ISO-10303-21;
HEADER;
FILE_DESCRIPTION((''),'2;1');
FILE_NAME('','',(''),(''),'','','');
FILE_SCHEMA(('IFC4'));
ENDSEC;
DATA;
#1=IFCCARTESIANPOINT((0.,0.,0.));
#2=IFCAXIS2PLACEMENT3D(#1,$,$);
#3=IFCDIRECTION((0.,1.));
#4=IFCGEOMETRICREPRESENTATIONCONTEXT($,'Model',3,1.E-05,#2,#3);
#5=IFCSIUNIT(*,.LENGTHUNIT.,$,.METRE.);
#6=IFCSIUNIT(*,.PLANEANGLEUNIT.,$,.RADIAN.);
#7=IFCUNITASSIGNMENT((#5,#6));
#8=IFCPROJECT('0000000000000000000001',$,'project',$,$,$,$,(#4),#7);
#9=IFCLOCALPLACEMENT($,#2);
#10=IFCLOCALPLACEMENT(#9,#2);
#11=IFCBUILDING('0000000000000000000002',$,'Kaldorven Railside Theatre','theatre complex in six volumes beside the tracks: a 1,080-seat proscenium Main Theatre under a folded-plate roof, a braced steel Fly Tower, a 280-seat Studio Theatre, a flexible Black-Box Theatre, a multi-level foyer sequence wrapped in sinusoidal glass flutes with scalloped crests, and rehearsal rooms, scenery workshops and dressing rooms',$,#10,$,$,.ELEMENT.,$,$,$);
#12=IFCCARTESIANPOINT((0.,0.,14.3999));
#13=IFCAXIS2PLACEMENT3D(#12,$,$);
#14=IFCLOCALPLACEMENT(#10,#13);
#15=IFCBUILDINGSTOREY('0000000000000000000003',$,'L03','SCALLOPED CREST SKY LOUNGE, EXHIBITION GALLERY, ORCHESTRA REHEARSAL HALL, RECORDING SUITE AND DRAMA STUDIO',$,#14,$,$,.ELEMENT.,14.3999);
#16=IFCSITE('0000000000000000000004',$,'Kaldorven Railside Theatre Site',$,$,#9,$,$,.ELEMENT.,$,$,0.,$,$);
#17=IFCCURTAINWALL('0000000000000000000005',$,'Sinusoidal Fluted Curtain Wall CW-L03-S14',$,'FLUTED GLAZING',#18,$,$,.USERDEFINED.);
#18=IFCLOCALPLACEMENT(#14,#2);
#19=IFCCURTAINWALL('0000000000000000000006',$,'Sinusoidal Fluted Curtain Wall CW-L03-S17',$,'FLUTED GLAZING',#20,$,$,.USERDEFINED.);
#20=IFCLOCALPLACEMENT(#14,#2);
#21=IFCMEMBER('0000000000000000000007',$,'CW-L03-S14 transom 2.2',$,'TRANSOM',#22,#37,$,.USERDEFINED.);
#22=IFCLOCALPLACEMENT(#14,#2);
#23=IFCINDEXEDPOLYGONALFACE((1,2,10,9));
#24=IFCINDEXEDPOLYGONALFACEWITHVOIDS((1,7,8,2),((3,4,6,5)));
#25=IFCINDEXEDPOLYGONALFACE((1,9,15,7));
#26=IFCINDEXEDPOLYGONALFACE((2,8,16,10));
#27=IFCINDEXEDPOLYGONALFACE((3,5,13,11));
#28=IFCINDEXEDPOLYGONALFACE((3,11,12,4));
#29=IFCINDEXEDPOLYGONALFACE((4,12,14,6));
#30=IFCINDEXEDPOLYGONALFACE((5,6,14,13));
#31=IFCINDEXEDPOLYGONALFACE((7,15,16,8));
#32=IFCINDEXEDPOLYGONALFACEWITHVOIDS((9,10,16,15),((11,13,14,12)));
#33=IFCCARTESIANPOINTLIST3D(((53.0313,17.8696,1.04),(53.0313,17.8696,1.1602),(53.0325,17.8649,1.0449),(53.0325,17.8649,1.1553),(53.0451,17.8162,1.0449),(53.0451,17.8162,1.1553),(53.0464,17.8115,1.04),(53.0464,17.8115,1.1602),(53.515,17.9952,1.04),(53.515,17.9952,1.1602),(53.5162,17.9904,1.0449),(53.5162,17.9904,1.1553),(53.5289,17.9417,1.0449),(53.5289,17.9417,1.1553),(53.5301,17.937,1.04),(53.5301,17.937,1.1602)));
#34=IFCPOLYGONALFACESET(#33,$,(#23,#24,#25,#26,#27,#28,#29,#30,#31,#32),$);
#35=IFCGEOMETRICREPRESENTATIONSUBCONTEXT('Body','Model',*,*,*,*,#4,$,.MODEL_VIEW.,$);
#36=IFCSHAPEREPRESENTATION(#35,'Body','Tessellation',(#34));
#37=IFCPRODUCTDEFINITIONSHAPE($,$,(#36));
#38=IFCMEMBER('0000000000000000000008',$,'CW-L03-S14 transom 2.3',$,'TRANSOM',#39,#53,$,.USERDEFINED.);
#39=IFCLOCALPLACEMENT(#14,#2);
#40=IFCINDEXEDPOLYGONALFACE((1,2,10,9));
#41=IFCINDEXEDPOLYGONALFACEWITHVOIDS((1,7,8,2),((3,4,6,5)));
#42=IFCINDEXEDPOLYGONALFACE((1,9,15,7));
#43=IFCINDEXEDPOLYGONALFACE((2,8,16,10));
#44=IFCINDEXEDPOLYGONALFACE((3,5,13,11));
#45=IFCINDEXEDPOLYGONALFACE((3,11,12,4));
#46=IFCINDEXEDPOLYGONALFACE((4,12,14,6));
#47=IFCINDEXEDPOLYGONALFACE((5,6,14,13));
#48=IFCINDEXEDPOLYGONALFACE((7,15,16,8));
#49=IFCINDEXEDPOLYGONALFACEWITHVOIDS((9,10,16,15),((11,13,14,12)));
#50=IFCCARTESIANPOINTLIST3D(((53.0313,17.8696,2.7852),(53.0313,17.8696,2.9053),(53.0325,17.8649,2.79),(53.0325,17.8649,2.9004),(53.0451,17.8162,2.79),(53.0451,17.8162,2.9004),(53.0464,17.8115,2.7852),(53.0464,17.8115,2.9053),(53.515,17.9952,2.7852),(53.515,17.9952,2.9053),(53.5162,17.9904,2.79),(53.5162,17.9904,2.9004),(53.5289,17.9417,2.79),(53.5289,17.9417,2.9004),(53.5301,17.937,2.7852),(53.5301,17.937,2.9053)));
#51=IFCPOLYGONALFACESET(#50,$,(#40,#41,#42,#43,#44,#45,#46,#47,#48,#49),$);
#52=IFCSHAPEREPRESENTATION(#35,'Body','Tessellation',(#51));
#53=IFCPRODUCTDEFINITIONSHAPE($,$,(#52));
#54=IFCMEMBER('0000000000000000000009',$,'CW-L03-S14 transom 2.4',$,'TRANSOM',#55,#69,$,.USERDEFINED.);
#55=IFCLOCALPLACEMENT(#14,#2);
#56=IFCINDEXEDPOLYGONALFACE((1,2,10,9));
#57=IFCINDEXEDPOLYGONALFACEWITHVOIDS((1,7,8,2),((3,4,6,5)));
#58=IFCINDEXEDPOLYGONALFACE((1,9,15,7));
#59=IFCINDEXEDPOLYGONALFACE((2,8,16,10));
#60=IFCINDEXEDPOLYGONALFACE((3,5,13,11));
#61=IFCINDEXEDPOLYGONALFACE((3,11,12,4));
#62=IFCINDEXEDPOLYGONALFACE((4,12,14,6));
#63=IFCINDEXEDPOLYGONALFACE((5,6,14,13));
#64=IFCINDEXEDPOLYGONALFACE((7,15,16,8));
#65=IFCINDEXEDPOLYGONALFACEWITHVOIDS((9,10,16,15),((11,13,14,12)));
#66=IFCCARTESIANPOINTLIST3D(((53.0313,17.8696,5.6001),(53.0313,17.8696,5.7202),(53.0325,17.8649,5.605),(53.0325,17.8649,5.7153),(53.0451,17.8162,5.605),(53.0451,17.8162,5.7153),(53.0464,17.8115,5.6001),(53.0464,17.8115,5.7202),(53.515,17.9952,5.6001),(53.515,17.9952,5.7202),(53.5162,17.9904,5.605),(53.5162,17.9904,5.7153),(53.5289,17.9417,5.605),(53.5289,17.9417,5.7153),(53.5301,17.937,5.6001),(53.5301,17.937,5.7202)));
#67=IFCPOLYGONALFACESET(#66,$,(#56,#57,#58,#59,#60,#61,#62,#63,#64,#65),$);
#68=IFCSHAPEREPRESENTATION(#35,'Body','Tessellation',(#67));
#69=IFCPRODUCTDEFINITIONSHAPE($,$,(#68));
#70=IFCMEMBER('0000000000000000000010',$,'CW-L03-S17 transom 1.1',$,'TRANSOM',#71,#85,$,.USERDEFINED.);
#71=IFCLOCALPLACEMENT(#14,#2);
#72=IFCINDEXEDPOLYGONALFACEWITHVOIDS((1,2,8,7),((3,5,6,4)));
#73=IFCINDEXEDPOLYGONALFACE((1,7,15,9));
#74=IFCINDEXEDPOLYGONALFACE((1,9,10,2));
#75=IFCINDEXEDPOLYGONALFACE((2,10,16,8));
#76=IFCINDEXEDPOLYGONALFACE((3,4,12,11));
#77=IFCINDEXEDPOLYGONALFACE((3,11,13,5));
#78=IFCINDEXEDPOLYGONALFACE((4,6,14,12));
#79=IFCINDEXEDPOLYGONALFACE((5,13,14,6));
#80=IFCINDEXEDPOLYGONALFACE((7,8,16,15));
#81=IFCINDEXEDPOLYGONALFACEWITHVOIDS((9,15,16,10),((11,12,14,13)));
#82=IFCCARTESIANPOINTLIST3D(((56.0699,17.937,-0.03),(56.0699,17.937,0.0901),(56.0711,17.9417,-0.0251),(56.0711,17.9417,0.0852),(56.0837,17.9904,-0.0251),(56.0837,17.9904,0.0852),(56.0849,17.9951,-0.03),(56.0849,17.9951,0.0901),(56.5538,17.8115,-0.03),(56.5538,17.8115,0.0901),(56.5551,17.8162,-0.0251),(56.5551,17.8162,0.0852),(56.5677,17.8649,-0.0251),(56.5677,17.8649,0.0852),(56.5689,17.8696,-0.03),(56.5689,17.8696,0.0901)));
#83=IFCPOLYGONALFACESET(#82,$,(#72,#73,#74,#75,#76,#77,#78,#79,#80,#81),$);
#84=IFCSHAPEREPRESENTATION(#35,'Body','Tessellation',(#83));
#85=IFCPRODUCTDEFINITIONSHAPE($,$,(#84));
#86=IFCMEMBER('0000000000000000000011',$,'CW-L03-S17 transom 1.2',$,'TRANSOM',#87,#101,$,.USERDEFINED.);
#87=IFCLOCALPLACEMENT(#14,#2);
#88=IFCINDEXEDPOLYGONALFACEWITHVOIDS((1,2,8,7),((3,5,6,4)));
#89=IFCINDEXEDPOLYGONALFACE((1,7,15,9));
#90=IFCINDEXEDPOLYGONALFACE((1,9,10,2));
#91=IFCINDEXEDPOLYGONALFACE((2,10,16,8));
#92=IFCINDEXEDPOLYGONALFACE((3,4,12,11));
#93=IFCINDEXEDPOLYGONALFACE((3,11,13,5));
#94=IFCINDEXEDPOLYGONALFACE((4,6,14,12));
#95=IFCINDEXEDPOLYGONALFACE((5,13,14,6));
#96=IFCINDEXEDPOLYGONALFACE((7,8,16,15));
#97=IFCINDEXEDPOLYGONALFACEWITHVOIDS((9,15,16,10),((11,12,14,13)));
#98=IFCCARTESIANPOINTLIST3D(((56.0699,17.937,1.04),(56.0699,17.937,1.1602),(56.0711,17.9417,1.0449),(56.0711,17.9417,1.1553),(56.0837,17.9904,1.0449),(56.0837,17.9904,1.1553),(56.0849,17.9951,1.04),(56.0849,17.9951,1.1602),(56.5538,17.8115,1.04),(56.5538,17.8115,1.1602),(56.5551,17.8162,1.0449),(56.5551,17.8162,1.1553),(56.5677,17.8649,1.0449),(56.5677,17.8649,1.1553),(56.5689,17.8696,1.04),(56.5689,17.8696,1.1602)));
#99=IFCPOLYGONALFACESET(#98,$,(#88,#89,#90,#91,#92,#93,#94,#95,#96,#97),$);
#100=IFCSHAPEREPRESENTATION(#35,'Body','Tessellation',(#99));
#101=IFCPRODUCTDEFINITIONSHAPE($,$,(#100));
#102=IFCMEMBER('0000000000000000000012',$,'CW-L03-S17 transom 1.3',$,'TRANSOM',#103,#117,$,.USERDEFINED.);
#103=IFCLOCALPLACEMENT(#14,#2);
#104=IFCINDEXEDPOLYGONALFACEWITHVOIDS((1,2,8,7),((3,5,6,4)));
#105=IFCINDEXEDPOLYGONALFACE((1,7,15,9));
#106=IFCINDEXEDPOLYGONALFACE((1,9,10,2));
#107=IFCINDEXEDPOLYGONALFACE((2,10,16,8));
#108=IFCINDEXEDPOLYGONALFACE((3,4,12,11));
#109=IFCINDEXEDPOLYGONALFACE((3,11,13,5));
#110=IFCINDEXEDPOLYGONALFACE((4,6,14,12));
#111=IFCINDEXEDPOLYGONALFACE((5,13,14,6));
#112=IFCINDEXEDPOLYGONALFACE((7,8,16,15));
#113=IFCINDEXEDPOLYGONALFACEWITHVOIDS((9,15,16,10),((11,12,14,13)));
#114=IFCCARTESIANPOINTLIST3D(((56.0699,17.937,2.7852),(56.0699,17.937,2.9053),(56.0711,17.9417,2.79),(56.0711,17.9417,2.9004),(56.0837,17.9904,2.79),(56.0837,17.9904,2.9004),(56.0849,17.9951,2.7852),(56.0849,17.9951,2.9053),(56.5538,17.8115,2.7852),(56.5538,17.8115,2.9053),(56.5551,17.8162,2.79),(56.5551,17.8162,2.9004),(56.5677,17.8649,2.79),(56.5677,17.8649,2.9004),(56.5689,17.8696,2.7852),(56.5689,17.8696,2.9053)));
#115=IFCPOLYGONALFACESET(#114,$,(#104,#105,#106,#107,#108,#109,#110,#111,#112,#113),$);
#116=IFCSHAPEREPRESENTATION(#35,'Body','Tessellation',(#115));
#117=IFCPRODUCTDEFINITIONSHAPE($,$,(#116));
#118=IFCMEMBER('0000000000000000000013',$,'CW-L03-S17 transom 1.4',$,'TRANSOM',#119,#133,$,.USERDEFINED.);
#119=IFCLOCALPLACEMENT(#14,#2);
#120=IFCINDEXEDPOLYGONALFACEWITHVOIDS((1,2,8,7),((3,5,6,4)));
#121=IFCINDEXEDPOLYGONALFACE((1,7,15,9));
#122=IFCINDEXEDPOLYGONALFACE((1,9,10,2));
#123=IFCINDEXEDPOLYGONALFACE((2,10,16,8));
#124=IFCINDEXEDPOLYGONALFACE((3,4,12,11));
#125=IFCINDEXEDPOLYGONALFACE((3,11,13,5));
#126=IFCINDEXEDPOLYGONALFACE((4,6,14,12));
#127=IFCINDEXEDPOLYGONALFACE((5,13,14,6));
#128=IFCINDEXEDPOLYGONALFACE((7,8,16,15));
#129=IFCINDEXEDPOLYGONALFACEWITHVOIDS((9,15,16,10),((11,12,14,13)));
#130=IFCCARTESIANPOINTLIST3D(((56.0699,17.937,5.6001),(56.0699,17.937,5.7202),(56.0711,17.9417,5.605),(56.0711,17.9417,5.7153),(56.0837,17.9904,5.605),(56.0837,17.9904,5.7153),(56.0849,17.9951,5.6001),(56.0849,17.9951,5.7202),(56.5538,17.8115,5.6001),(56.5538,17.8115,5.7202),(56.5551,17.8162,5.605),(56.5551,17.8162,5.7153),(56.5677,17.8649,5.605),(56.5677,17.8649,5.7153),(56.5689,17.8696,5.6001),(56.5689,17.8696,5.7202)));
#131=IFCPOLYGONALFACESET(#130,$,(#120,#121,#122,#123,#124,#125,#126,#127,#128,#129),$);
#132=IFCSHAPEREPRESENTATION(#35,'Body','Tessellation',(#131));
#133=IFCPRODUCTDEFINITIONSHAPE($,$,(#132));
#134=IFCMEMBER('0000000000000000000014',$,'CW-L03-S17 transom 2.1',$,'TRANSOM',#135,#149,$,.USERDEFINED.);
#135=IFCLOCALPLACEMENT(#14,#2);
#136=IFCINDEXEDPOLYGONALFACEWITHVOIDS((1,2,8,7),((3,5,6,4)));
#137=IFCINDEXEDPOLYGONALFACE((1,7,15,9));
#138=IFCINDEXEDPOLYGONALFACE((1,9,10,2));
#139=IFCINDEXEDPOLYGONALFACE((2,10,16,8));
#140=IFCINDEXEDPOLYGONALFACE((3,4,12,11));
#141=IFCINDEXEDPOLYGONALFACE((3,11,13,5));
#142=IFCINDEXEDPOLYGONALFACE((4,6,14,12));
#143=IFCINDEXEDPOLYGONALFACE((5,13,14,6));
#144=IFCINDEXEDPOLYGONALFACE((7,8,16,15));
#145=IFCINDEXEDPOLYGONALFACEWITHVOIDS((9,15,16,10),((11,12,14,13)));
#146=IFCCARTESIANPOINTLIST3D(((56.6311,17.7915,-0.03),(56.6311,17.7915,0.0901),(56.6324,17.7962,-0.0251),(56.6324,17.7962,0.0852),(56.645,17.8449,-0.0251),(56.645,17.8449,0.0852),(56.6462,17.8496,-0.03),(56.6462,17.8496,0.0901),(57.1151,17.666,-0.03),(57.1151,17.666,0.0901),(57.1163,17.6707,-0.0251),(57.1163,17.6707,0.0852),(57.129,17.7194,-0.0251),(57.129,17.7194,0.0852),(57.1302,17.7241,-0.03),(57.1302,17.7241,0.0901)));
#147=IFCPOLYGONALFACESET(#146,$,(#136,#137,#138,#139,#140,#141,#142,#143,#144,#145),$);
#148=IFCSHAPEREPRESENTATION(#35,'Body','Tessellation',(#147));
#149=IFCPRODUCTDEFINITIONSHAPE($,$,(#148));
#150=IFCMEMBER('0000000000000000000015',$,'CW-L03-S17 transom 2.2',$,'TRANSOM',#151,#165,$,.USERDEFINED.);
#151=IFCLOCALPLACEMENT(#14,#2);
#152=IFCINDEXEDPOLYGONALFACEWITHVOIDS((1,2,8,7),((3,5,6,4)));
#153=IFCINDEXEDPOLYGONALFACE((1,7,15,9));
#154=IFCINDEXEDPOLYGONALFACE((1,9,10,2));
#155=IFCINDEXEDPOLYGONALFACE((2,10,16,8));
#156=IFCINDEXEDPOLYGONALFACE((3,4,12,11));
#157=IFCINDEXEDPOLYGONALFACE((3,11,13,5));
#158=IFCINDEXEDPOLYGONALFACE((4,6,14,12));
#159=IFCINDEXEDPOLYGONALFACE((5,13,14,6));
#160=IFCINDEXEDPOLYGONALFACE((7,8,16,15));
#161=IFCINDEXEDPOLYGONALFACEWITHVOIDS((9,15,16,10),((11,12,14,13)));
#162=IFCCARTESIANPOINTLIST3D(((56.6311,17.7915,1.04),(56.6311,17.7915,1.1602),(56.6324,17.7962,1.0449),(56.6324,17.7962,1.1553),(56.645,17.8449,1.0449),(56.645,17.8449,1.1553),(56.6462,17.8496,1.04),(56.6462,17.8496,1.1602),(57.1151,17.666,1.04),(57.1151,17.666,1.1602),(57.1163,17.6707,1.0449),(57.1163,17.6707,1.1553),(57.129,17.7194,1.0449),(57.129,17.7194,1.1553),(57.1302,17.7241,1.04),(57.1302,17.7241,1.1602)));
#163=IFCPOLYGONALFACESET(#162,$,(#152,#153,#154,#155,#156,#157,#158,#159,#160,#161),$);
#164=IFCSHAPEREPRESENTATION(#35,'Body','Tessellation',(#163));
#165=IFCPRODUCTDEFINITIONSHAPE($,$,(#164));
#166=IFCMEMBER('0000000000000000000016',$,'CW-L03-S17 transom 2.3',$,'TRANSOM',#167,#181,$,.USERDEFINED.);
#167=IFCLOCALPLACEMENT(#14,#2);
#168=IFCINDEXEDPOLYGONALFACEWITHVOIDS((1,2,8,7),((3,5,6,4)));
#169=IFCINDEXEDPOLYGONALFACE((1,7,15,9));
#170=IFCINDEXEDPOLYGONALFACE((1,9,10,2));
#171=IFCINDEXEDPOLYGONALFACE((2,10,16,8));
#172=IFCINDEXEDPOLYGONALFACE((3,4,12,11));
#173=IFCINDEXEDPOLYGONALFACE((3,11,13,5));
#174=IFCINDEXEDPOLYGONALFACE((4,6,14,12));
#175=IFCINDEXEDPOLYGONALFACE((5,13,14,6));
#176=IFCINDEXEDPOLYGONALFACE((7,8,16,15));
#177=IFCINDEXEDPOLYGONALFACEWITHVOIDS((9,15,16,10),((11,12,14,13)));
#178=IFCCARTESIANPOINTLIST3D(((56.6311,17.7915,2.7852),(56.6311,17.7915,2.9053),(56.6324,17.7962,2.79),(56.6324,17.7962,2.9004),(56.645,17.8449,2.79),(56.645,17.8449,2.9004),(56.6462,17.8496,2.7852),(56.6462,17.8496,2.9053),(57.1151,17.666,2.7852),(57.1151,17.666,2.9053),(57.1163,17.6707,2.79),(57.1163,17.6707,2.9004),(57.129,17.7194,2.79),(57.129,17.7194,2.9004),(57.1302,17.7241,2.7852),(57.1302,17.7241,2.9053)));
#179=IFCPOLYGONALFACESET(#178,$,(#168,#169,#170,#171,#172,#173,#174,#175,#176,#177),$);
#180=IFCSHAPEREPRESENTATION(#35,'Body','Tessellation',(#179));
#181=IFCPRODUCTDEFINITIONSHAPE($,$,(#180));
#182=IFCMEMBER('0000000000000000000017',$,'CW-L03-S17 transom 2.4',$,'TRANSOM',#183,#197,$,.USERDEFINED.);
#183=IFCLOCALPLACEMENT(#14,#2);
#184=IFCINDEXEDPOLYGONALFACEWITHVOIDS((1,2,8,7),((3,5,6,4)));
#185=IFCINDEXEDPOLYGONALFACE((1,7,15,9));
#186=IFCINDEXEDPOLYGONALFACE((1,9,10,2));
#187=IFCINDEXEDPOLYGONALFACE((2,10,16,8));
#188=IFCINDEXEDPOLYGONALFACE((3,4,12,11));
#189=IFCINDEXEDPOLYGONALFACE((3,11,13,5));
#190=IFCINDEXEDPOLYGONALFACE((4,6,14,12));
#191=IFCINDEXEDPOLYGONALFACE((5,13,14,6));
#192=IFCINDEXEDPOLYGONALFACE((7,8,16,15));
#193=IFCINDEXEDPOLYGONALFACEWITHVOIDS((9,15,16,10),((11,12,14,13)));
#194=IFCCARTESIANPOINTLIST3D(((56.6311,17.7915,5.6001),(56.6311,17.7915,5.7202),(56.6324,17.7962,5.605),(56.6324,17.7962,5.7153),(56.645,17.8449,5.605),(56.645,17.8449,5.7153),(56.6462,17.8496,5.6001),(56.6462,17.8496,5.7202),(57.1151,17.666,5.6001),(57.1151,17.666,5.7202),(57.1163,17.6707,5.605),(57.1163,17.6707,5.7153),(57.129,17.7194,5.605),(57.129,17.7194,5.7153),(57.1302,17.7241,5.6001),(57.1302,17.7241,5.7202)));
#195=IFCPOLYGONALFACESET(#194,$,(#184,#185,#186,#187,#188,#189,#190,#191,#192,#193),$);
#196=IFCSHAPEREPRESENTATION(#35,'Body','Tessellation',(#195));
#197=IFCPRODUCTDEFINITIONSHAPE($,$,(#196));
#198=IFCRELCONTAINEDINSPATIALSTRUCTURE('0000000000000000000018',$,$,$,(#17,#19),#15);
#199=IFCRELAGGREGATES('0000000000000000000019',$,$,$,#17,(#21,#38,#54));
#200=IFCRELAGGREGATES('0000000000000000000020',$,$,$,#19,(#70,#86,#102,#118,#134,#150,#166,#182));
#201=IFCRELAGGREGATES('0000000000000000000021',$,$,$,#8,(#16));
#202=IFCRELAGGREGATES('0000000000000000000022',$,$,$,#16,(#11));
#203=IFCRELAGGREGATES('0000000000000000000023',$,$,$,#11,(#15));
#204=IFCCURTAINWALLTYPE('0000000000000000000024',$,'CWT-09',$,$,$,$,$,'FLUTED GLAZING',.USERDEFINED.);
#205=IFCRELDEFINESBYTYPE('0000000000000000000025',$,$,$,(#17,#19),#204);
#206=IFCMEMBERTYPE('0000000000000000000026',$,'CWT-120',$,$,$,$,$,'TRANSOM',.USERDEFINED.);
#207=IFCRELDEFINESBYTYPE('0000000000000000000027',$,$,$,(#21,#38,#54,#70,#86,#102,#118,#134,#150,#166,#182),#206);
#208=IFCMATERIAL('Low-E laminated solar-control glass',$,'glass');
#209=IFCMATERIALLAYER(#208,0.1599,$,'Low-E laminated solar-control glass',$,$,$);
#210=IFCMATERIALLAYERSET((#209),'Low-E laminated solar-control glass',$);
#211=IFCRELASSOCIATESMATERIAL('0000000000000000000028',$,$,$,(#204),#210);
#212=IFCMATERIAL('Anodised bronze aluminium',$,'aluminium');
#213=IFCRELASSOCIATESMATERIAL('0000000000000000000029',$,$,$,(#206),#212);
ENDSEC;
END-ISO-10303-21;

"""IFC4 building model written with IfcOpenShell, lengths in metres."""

from ifc_helpers import new_model, si_unit, direction, frame, origin, origin_2d, place, context, subcontext, project, spatial, hollow_rectangle, extrude, material, layer, layer_set, material_profile, profile_set, type_object, element, aggregate, save


model = new_model("IFC4")

# Units and contexts
model_context = context("Model", 3, precision=1e-05, world=origin(), true_north=direction((0.0, 1.0)))
body_context = subcontext(model_context, "Body", "Model", "MODEL_VIEW")
ifc_project = project(units=[si_unit("LENGTHUNIT", "METRE"), si_unit("PLANEANGLEUNIT", "RADIAN")], contexts=[model_context])

# Site, building, storey
site_placement = place(None, origin())
site = spatial("IfcSite", under=ifc_project, at=site_placement, Name="Kaldorven Railside Theatre Site", CompositionType="ELEMENT", RefElevation=0.0)
building_placement = place(site_placement, origin())
building = spatial("IfcBuilding", under=site, at=building_placement, Name="Kaldorven Railside Theatre", Description="theatre complex in six volumes beside the tracks: a 1,080-seat proscenium Main Theatre under a folded-plate roof, a braced steel Fly Tower, a 280-seat Studio Theatre, a flexible Black-Box Theatre, a multi-level foyer sequence wrapped in sinusoidal glass flutes with scalloped crests, and rehearsal rooms, scenery workshops and dressing rooms", CompositionType="ELEMENT")
storey_placement = place(building_placement, frame((0.0, 0.0, 14.3999)))
storey = spatial("IfcBuildingStorey", under=building, at=storey_placement, Name="L03", Description="SCALLOPED CREST SKY LOUNGE, EXHIBITION GALLERY, ORCHESTRA REHEARSAL HALL, RECORDING SUITE AND DRAMA STUDIO", CompositionType="ELEMENT", Elevation=14.3999)

# Curtain walls
ifc_material_1 = material(Name="Low-E laminated solar-control glass", Category="glass")
ifc_layer_1 = layer(ifc_material_1, 0.1599, Name="Low-E laminated solar-control glass")
ifc_layer_set_1 = layer_set([ifc_layer_1], Name="Low-E laminated solar-control glass")
curtain_wall_type_1 = type_object("IfcCurtainWallType", Name="CWT-09", ElementType="FLUTED GLAZING", PredefinedType="USERDEFINED", material=ifc_layer_set_1)
curtain_wall_1_placement = place(storey_placement, origin())
curtain_wall_1 = element("IfcCurtainWall", 1, at=curtain_wall_1_placement, inside=storey, type_object=curtain_wall_type_1, Name="Sinusoidal Fluted Curtain Wall CW-L03-S14", ObjectType="FLUTED GLAZING", PredefinedType="USERDEFINED")
ifc_material_2 = material(Name="Anodised bronze aluminium", Category="aluminium")
curtain_wall_2_placement = place(storey_placement, origin())
curtain_wall_2 = element("IfcCurtainWall", 2, at=curtain_wall_2_placement, inside=storey, type_object=curtain_wall_type_1, Name="Sinusoidal Fluted Curtain Wall CW-L03-S17", ObjectType="FLUTED GLAZING", PredefinedType="USERDEFINED")

# Members
ifc_material_profile_1 = material_profile(ifc_material_2, hollow_rectangle(XDim=0.0601, YDim=0.1201, WallThickness=0.0049, at=origin_2d()), Name="RHS 120x60x5")
ifc_profile_set_1 = profile_set([ifc_material_profile_1], Name="Anodised bronze aluminium")
member_type_1 = type_object("IfcMemberType", Name="CWT-120", ElementType="TRANSOM", PredefinedType="USERDEFINED", material=ifc_profile_set_1)
member_1_placement = place(storey_placement, frame((53.0388, 17.8406, 1.1001), z_axis=(0.967949, 0.251149, 0.0), x_axis=(-0.251149, 0.967949, 0.0)))
member_1 = element("IfcMember", 3, at=member_1_placement, type_object=member_type_1, Name="CW-L03-S14 transom 2.2", ObjectType="TRANSOM", PredefinedType="USERDEFINED", context=body_context, shape_type="SweptSolid", body=[
    extrude(hollow_rectangle(XDim=0.0601, YDim=0.1201, WallThickness=0.0049, at=origin_2d()), origin(), (0.0, 0.0, 1.0), 0.4998),
])
member_2_placement = place(storey_placement, frame((53.0388, 17.8406, 2.8452), z_axis=(0.967949, 0.251149, 0.0), x_axis=(-0.251149, 0.967949, 0.0)))
member_2 = element("IfcMember", 4, at=member_2_placement, type_object=member_type_1, Name="CW-L03-S14 transom 2.3", ObjectType="TRANSOM", PredefinedType="USERDEFINED", context=body_context, shape_type="SweptSolid", body=[
    extrude(hollow_rectangle(XDim=0.0601, YDim=0.1201, WallThickness=0.0049, at=origin_2d()), origin(), (0.0, 0.0, 1.0), 0.4998),
])
member_3_placement = place(storey_placement, frame((53.0388, 17.8406, 5.6602), z_axis=(0.967949, 0.251149, 0.0), x_axis=(-0.251149, 0.967949, 0.0)))
member_3 = element("IfcMember", 5, at=member_3_placement, type_object=member_type_1, Name="CW-L03-S14 transom 2.4", ObjectType="TRANSOM", PredefinedType="USERDEFINED", context=body_context, shape_type="SweptSolid", body=[
    extrude(hollow_rectangle(XDim=0.0601, YDim=0.1201, WallThickness=0.0049, at=origin_2d()), origin(), (0.0, 0.0, 1.0), 0.4998),
])
member_4_placement = place(storey_placement, frame((56.0774, 17.9661, 0.03), z_axis=(0.967979, -0.25103, 0.0), x_axis=(0.25103, 0.967979, 0.0)))
member_4 = element("IfcMember", 6, at=member_4_placement, type_object=member_type_1, Name="CW-L03-S17 transom 1.1", ObjectType="TRANSOM", PredefinedType="USERDEFINED", context=body_context, shape_type="SweptSolid", body=[
    extrude(hollow_rectangle(XDim=0.0601, YDim=0.1201, WallThickness=0.0049, at=origin_2d()), origin(), (0.0, 0.0, 1.0), 0.5),
])
member_5_placement = place(storey_placement, frame((56.0774, 17.9661, 1.1001), z_axis=(0.967979, -0.25103, 0.0), x_axis=(0.25103, 0.967979, 0.0)))
member_5 = element("IfcMember", 7, at=member_5_placement, type_object=member_type_1, Name="CW-L03-S17 transom 1.2", ObjectType="TRANSOM", PredefinedType="USERDEFINED", context=body_context, shape_type="SweptSolid", body=[
    extrude(hollow_rectangle(XDim=0.0601, YDim=0.1201, WallThickness=0.0049, at=origin_2d()), origin(), (0.0, 0.0, 1.0), 0.5),
])
member_6_placement = place(storey_placement, frame((56.0774, 17.9661, 2.8452), z_axis=(0.967979, -0.25103, 0.0), x_axis=(0.25103, 0.967979, 0.0)))
member_6 = element("IfcMember", 8, at=member_6_placement, type_object=member_type_1, Name="CW-L03-S17 transom 1.3", ObjectType="TRANSOM", PredefinedType="USERDEFINED", context=body_context, shape_type="SweptSolid", body=[
    extrude(hollow_rectangle(XDim=0.0601, YDim=0.1201, WallThickness=0.0049, at=origin_2d()), origin(), (0.0, 0.0, 1.0), 0.5),
])
member_7_placement = place(storey_placement, frame((56.0774, 17.9661, 5.6602), z_axis=(0.967979, -0.25103, 0.0), x_axis=(0.25103, 0.967979, 0.0)))
member_7 = element("IfcMember", 9, at=member_7_placement, type_object=member_type_1, Name="CW-L03-S17 transom 1.4", ObjectType="TRANSOM", PredefinedType="USERDEFINED", context=body_context, shape_type="SweptSolid", body=[
    extrude(hollow_rectangle(XDim=0.0601, YDim=0.1201, WallThickness=0.0049, at=origin_2d()), origin(), (0.0, 0.0, 1.0), 0.5),
])
member_8_placement = place(storey_placement, frame((56.6387, 17.8206, 0.03), z_axis=(0.967979, -0.25103, 0.0), x_axis=(0.25103, 0.967979, 0.0)))
member_8 = element("IfcMember", 10, at=member_8_placement, type_object=member_type_1, Name="CW-L03-S17 transom 2.1", ObjectType="TRANSOM", PredefinedType="USERDEFINED", context=body_context, shape_type="SweptSolid", body=[
    extrude(hollow_rectangle(XDim=0.0601, YDim=0.1201, WallThickness=0.0049, at=origin_2d()), origin(), (0.0, 0.0, 1.0), 0.5),
])
member_9_placement = place(storey_placement, frame((56.6387, 17.8206, 1.1001), z_axis=(0.967979, -0.25103, 0.0), x_axis=(0.25103, 0.967979, 0.0)))
member_9 = element("IfcMember", 11, at=member_9_placement, type_object=member_type_1, Name="CW-L03-S17 transom 2.2", ObjectType="TRANSOM", PredefinedType="USERDEFINED", context=body_context, shape_type="SweptSolid", body=[
    extrude(hollow_rectangle(XDim=0.0601, YDim=0.1201, WallThickness=0.0049, at=origin_2d()), origin(), (0.0, 0.0, 1.0), 0.5),
])
member_10_placement = place(storey_placement, frame((56.6387, 17.8206, 2.8452), z_axis=(0.967979, -0.25103, 0.0), x_axis=(0.25103, 0.967979, 0.0)))
member_10 = element("IfcMember", 12, at=member_10_placement, type_object=member_type_1, Name="CW-L03-S17 transom 2.3", ObjectType="TRANSOM", PredefinedType="USERDEFINED", context=body_context, shape_type="SweptSolid", body=[
    extrude(hollow_rectangle(XDim=0.0601, YDim=0.1201, WallThickness=0.0049, at=origin_2d()), origin(), (0.0, 0.0, 1.0), 0.5),
])
member_11_placement = place(storey_placement, frame((56.6387, 17.8206, 5.6602), z_axis=(0.967979, -0.25103, 0.0), x_axis=(0.25103, 0.967979, 0.0)))
member_11 = element("IfcMember", 13, at=member_11_placement, type_object=member_type_1, Name="CW-L03-S17 transom 2.4", ObjectType="TRANSOM", PredefinedType="USERDEFINED", context=body_context, shape_type="SweptSolid", body=[
    extrude(hollow_rectangle(XDim=0.0601, YDim=0.1201, WallThickness=0.0049, at=origin_2d()), origin(), (0.0, 0.0, 1.0), 0.5),
])

aggregate(curtain_wall_1, [member_1, member_2, member_3])
aggregate(curtain_wall_2, [member_4, member_5, member_6, member_7, member_8, member_9, member_10, member_11])

save(model, "model.ifc")
